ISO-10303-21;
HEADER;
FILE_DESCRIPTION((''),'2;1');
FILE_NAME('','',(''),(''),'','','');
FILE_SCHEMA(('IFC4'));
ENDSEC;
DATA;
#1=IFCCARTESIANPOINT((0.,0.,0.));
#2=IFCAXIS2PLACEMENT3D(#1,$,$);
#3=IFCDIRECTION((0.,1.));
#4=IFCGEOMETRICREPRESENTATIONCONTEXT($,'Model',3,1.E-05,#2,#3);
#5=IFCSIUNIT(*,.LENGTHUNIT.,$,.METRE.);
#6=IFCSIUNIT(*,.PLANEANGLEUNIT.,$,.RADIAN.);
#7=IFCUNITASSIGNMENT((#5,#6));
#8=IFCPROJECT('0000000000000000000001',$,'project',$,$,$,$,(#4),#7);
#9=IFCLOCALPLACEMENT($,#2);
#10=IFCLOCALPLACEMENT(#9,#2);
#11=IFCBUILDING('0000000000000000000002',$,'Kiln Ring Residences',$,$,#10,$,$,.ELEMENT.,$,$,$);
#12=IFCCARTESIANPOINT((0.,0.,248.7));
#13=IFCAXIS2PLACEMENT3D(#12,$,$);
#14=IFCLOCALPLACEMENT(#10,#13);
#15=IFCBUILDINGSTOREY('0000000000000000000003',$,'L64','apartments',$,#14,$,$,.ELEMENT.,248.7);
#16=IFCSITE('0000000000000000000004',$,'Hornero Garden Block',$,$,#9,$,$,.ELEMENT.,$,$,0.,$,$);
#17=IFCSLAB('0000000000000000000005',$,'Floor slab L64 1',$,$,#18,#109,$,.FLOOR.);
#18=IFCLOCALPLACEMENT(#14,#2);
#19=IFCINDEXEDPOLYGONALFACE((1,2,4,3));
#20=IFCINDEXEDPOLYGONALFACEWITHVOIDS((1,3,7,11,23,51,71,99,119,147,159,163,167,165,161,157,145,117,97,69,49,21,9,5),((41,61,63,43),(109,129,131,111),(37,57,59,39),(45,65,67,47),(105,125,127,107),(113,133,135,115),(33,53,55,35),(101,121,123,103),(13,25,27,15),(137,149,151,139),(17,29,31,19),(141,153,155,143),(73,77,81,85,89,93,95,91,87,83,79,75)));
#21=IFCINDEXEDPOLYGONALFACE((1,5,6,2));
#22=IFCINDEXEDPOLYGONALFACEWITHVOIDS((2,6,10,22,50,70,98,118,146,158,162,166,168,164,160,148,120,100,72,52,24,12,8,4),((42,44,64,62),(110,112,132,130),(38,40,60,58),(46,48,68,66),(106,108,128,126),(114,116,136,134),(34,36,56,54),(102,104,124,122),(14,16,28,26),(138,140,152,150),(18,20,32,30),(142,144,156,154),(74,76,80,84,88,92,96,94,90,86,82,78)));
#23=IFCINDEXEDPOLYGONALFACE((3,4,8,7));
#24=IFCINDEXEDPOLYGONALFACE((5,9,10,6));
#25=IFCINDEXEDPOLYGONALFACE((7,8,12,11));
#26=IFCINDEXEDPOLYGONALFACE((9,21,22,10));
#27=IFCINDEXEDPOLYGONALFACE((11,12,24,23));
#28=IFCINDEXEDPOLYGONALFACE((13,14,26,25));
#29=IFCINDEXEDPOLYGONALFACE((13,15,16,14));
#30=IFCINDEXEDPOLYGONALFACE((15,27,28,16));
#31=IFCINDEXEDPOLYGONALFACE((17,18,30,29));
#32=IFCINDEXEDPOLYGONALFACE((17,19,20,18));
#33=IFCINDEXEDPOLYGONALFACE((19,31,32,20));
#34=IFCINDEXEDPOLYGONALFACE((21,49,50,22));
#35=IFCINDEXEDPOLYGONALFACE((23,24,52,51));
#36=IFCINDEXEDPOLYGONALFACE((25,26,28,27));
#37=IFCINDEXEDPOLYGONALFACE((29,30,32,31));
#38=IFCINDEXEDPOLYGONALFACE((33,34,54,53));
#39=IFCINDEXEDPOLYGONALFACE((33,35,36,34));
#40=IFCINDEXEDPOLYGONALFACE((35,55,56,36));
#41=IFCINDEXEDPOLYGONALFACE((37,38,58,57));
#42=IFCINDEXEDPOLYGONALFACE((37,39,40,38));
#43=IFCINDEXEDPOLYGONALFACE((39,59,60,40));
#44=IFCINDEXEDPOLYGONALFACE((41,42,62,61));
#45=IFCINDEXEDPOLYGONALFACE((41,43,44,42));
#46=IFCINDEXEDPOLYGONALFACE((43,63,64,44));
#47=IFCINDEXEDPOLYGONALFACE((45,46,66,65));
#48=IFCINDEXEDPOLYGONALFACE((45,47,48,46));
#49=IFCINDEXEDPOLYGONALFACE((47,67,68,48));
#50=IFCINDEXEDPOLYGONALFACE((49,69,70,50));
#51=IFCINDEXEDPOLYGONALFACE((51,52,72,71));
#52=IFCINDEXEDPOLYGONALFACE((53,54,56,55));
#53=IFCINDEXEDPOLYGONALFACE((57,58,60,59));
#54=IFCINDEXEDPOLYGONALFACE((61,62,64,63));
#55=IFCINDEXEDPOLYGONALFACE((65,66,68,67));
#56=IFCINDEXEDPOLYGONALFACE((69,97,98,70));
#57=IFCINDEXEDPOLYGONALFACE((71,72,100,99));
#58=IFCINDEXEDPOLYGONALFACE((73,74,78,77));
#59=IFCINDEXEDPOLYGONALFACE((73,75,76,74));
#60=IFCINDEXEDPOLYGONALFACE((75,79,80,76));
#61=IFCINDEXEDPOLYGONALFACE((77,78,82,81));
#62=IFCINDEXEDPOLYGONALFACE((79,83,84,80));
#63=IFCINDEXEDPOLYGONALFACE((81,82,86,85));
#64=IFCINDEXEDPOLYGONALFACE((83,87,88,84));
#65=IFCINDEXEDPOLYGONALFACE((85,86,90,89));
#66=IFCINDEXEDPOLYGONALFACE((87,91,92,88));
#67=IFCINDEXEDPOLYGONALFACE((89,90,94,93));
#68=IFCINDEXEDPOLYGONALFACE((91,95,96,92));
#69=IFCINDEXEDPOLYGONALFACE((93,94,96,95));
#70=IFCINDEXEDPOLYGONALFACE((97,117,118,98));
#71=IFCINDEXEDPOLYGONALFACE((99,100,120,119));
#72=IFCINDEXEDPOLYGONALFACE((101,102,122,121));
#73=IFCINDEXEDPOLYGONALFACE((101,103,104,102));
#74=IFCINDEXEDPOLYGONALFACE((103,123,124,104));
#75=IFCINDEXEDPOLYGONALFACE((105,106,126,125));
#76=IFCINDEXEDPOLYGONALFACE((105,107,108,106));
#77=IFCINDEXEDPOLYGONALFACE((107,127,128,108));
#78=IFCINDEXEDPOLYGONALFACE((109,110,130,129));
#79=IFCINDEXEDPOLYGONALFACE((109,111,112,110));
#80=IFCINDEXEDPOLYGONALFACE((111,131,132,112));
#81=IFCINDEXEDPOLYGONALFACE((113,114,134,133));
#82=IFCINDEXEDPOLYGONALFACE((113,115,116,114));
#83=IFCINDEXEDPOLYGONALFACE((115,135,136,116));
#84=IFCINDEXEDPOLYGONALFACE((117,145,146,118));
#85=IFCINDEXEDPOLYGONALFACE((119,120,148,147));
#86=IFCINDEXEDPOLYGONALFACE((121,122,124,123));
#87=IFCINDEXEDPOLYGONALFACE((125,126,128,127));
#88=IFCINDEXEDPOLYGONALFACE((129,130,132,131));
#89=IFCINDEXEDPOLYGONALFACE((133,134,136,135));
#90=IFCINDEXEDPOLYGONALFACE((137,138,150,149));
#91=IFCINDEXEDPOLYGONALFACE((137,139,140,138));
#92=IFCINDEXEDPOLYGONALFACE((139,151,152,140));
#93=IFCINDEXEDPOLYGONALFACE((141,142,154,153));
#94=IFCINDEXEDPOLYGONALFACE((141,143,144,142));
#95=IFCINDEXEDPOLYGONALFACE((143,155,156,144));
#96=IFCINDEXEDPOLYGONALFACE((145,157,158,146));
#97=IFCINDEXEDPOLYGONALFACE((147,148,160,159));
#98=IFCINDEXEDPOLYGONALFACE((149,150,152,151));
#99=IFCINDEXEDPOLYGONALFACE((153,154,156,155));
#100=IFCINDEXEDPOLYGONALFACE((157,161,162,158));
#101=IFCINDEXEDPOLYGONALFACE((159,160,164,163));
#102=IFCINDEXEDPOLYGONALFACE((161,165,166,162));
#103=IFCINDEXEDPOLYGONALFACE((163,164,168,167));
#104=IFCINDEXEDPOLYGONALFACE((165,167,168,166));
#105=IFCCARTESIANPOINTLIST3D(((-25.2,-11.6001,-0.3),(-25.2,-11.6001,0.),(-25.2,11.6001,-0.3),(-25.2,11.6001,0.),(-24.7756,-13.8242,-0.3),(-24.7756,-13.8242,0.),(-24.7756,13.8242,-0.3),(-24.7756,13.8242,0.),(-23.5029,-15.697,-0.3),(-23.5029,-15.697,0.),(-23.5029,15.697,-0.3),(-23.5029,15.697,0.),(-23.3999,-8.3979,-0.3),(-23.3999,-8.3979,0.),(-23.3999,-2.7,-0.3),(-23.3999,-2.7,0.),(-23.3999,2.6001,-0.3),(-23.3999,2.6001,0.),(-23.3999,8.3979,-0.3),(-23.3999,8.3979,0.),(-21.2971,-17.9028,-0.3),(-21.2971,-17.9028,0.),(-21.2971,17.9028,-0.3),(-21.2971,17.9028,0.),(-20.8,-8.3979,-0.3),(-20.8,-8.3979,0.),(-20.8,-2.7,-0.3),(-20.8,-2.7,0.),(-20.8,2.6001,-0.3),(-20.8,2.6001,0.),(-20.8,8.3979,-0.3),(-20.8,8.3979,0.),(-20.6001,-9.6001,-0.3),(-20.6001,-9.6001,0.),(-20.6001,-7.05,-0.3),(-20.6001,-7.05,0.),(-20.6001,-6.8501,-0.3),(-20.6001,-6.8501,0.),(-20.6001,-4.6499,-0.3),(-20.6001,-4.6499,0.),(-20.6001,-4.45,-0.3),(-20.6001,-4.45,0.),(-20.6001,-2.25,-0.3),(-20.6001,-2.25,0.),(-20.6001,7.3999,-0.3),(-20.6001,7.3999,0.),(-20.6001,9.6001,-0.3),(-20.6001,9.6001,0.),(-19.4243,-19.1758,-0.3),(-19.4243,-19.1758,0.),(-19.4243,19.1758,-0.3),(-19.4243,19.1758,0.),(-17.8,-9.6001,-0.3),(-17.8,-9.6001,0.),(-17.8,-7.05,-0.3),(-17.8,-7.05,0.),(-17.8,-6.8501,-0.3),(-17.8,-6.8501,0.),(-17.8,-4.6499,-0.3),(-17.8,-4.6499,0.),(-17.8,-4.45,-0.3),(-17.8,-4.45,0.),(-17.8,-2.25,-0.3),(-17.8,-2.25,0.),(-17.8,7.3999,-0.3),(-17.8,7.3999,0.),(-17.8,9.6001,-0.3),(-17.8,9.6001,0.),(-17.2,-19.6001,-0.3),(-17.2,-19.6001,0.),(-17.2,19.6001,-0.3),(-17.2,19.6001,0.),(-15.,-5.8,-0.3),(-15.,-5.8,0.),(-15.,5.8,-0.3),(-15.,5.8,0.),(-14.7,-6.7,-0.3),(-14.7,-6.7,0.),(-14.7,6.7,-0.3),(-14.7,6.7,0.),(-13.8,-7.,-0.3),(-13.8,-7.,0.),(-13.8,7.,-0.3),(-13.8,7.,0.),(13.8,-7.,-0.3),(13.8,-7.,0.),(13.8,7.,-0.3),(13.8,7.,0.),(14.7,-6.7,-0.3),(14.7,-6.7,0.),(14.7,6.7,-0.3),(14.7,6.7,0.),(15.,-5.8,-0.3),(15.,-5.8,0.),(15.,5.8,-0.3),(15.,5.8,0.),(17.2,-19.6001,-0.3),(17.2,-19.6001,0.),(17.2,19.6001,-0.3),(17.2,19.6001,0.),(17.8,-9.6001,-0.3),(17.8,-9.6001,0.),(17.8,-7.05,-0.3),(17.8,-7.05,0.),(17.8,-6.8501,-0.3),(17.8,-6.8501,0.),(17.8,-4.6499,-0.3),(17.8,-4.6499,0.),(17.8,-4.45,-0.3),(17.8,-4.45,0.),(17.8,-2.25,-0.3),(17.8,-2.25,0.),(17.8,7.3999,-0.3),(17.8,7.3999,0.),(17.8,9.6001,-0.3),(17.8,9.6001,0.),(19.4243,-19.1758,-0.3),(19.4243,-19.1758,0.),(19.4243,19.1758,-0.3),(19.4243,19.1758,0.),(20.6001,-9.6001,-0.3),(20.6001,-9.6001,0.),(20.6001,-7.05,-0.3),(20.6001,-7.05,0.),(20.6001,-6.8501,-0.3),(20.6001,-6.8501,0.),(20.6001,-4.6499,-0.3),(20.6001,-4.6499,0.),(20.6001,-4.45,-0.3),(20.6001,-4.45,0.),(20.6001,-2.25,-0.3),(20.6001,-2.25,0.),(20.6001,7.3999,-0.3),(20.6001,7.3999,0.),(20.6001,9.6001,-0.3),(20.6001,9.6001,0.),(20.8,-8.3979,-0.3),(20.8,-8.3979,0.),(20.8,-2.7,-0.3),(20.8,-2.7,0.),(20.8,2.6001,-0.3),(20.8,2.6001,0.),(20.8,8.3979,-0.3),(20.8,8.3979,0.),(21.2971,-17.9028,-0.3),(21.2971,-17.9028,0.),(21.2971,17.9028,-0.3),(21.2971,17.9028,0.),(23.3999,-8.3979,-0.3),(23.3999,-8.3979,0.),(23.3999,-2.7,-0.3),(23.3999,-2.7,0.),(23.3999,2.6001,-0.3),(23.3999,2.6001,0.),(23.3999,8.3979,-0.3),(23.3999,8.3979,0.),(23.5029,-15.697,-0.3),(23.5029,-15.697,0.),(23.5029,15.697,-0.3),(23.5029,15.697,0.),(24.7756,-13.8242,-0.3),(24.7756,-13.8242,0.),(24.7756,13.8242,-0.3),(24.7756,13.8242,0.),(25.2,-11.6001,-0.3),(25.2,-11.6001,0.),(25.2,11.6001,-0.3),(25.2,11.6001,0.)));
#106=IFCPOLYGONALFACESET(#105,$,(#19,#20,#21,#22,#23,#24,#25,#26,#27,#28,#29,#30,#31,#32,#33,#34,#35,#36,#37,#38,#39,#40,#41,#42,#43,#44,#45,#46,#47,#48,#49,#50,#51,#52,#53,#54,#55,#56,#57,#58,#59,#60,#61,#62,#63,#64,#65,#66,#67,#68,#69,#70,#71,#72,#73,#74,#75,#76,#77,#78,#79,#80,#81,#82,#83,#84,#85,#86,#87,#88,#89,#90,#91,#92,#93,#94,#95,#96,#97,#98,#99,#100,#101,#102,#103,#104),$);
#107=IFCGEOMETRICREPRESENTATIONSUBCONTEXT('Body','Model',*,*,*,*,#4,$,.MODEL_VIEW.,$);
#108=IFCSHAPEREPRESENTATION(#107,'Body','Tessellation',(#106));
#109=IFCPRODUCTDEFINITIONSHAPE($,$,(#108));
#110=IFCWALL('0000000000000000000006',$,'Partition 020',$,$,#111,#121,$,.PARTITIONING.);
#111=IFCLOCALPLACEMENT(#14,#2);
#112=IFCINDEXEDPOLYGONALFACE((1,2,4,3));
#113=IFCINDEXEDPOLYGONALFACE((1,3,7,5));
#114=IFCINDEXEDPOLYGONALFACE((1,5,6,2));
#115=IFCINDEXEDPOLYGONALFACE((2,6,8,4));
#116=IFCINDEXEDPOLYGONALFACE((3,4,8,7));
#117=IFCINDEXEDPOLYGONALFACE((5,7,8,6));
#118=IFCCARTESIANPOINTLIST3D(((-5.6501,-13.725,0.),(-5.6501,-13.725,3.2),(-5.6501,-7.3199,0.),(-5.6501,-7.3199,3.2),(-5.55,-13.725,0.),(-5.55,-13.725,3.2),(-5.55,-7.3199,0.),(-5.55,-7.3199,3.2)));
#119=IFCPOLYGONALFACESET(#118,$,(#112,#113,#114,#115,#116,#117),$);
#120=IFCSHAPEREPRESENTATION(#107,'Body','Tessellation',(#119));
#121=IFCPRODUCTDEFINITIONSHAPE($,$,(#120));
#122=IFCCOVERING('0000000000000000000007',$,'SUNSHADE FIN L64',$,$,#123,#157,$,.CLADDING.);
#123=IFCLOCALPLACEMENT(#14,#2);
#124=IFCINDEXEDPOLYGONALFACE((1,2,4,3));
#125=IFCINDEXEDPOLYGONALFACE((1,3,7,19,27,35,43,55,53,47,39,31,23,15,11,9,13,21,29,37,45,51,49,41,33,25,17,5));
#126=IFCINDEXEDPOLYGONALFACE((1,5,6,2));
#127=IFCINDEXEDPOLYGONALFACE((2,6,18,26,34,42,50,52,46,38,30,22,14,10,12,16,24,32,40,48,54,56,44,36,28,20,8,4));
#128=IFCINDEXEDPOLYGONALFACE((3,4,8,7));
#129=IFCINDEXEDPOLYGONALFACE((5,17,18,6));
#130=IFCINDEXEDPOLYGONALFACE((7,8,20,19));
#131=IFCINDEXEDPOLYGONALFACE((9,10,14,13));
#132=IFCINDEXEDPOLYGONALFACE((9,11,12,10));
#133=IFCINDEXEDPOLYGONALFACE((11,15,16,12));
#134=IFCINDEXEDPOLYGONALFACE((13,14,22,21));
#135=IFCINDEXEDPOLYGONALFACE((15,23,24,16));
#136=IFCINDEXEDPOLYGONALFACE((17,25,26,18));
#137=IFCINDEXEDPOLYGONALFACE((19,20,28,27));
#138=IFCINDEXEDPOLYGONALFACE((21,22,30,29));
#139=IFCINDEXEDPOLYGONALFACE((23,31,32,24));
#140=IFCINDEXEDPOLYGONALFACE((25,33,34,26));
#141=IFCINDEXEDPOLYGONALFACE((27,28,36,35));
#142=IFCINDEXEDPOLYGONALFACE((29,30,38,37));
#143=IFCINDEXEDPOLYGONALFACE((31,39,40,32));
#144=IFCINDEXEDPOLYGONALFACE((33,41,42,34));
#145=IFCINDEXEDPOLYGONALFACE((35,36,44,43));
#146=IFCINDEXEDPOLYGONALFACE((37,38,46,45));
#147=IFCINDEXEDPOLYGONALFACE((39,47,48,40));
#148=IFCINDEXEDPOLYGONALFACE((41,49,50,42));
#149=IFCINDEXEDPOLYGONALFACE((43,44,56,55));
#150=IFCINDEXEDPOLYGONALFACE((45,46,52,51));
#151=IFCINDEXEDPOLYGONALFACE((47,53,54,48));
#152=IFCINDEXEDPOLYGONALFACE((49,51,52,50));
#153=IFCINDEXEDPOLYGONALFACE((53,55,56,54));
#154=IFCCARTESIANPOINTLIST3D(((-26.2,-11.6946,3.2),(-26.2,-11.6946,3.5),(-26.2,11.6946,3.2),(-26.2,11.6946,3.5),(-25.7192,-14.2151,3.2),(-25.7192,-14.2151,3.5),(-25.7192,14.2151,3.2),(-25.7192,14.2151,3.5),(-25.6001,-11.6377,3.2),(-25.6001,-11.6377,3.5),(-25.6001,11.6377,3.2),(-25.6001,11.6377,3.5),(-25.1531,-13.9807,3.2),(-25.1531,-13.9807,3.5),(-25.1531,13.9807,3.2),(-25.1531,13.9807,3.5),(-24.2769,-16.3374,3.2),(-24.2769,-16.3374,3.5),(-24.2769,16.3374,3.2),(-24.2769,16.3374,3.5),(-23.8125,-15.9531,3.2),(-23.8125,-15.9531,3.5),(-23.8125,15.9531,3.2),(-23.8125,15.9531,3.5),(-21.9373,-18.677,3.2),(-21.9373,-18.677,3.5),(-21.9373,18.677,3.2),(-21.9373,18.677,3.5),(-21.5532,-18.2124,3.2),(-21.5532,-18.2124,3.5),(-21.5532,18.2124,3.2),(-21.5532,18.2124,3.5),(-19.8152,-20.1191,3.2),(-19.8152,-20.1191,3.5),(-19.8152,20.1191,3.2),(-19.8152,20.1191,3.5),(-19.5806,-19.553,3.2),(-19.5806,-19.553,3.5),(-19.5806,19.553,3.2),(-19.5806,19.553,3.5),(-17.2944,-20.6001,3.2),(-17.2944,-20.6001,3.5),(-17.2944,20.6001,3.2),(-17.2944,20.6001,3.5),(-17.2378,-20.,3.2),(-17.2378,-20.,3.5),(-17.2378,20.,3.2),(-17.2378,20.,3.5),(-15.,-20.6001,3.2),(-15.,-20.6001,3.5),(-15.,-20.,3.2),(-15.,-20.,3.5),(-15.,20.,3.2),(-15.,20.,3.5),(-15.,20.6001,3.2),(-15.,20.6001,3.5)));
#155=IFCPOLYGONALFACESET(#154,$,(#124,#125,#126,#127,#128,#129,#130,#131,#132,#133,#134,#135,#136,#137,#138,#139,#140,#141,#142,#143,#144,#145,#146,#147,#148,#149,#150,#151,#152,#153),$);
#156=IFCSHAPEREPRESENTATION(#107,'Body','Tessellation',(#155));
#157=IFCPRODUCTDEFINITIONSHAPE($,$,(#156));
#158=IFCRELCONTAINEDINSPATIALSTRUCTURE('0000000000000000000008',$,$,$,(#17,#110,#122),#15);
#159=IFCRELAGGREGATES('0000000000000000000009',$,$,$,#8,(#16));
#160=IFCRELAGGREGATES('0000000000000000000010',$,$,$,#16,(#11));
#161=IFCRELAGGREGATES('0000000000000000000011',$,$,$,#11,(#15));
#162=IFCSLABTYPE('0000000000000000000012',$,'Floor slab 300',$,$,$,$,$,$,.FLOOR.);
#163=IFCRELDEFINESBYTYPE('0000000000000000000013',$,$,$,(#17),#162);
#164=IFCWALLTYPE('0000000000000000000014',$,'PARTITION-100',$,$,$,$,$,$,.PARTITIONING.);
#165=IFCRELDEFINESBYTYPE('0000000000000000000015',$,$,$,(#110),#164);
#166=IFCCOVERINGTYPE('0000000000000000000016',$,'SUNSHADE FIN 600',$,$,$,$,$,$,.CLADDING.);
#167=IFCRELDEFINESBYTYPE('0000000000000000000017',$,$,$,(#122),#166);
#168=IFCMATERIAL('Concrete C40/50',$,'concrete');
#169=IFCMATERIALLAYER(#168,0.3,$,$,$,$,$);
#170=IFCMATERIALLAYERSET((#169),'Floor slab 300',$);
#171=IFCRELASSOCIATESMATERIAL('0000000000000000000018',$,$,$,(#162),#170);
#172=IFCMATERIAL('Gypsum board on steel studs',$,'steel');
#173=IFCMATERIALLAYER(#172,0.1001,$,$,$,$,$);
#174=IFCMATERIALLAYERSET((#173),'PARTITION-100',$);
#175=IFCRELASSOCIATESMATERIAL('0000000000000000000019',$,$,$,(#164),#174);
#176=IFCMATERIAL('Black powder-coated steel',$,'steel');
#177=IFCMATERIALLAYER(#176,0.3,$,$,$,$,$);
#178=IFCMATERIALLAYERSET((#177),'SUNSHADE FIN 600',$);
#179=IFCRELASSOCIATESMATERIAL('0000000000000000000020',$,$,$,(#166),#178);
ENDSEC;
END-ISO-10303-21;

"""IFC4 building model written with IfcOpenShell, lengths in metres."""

from ifc_helpers import new_model, si_unit, direction, frame, frame_2d, origin, place, context, subcontext, project, spatial, polyline, rectangle, outline, extrude, material, layer, layer_set, type_object, element, save


model = new_model("IFC4")

# Units and contexts
model_context = context("Model", 3, precision=1e-05, world=origin(), true_north=direction((0.0, 1.0)))
body_context = subcontext(model_context, "Body", "Model", "MODEL_VIEW")
ifc_project = project(units=[si_unit("LENGTHUNIT", "METRE"), si_unit("PLANEANGLEUNIT", "RADIAN")], contexts=[model_context])

# Site, building, storey
site_placement = place(None, origin())
site = spatial("IfcSite", under=ifc_project, at=site_placement, Name="Hornero Garden Block", CompositionType="ELEMENT", RefElevation=0.0)
building_placement = place(site_placement, origin())
building = spatial("IfcBuilding", under=site, at=building_placement, Name="Kiln Ring Residences", CompositionType="ELEMENT")
storey_placement = place(building_placement, frame((0.0, 0.0, 248.7)))
storey = spatial("IfcBuildingStorey", under=building, at=storey_placement, Name="L64", Description="apartments", CompositionType="ELEMENT", Elevation=248.7)

# Slab
ifc_material_1 = material(Name="Concrete C40/50", Category="concrete")
ifc_layer_1 = layer(ifc_material_1, 0.3)
ifc_layer_set_1 = layer_set([ifc_layer_1], Name="Floor slab 300")
slab_type = type_object("IfcSlabType", Name="Floor slab 300", PredefinedType="FLOOR", material=ifc_layer_set_1)
slab_placement = place(storey_placement, frame((0.0, 0.0, -0.3)))
element("IfcSlab", 1, at=slab_placement, inside=storey, type_object=slab_type, Name="Floor slab L64 1", PredefinedType="FLOOR", context=body_context, shape_type="SweptSolid", body=[
    extrude(outline(polyline([(-23.5029, -15.697), (-21.2971, -17.9028), (-19.4243, -19.1758), (-17.2, -19.6001), (17.2, -19.6001), (19.4243, -19.1758), (21.2971, -17.9028), (23.5029, -15.697), (24.7756, -13.8242), (25.2, -11.6001), (25.2, 11.6001), (24.7756, 13.8242), (23.5029, 15.697), (21.2971, 17.9028), (19.4243, 19.1758), (17.2, 19.6001), (-17.2, 19.6001), (-19.4243, 19.1758), (-21.2971, 17.9028), (-23.5029, 15.697), (-24.7756, 13.8242), (-25.2, 11.6001), (-25.2, -11.6001), (-24.7756, -13.8242), (-23.5029, -15.697)]), holes=[polyline([(-14.7, -6.7), (-15.0, -5.8), (-15.0, 5.8), (-14.7, 6.7), (-13.8, 7.0), (13.8, 7.0), (14.7, 6.7), (15.0, 5.8), (15.0, -5.8), (14.7, -6.7), (13.8, -7.0), (-13.8, -7.0), (-14.7, -6.7)]), polyline([(20.8, -8.3979), (20.8, -2.7), (23.3999, -2.7), (23.3999, -8.3979), (20.8, -8.3979)]), polyline([(20.8, 2.6001), (20.8, 8.3979), (23.3999, 8.3979), (23.3999, 2.6001), (20.8, 2.6001)]), polyline([(17.8, -6.8501), (17.8, -4.6499), (20.6001, -4.6499), (20.6001, -6.8501), (17.8, -6.8501)]), polyline([(17.8, 7.3999), (17.8, 9.6001), (20.6001, 9.6001), (20.6001, 7.3999), (17.8, 7.3999)]), polyline([(20.6001, -9.6001), (17.8, -9.6001), (17.8, -7.05), (20.6001, -7.05), (20.6001, -9.6001)]), polyline([(20.6001, -4.45), (17.8, -4.45), (17.8, -2.25), (20.6001, -2.25), (20.6001, -4.45)]), polyline([(-17.8, -7.05), (-17.8, -9.6001), (-20.6001, -9.6001), (-20.6001, -7.05), (-17.8, -7.05)]), polyline([(-17.8, -6.8501), (-20.6001, -6.8501), (-20.6001, -4.6499), (-17.8, -4.6499), (-17.8, -6.8501)]), polyline([(-17.8, -2.25), (-17.8, -4.45), (-20.6001, -4.45), (-20.6001, -2.25), (-17.8, -2.25)]), polyline([(-17.8, 7.3999), (-20.6001, 7.3999), (-20.6001, 9.6001), (-17.8, 9.6001), (-17.8, 7.3999)]), polyline([(-20.8, -8.3979), (-23.3999, -8.3979), (-23.3999, -2.7), (-20.8, -2.7), (-20.8, -8.3979)]), polyline([(-20.8, 2.6001), (-23.3999, 2.6001), (-23.3999, 8.3979), (-20.8, 8.3979), (-20.8, 2.6001)])]), origin(), (0.0, 0.0, 1.0), 0.3),
])

# Wall
ifc_material_2 = material(Name="Gypsum board on steel studs", Category="steel")
ifc_layer_2 = layer(ifc_material_2, 0.1001)
ifc_layer_set_2 = layer_set([ifc_layer_2], Name="PARTITION-100")
wall_type = type_object("IfcWallType", Name="PARTITION-100", PredefinedType="PARTITIONING", material=ifc_layer_set_2)
wall_placement = place(storey_placement, frame((-5.6001, -13.7251, 0.0), z_axis=(0.0, 0.0, 1.0), x_axis=(0.0, 1.0, 0.0)))
element("IfcWall", 2, at=wall_placement, inside=storey, type_object=wall_type, Name="Partition 020", PredefinedType="PARTITIONING", context=body_context, shape_type="SweptSolid", body=[
    extrude(rectangle(XDim=6.405, YDim=0.1001, at=frame_2d((3.2026, 0.0))), origin(), (0.0, 0.0, 1.0), 3.2),
])

# Covering
ifc_material_3 = material(Name="Black powder-coated steel", Category="steel")
ifc_layer_3 = layer(ifc_material_3, 0.3)
ifc_layer_set_3 = layer_set([ifc_layer_3], Name="SUNSHADE FIN 600")
covering_type = type_object("IfcCoveringType", Name="SUNSHADE FIN 600", PredefinedType="CLADDING", material=ifc_layer_set_3)
covering_placement = place(storey_placement, frame((0.0, 0.0, 3.2)))
element("IfcCovering", 3, at=covering_placement, inside=storey, type_object=covering_type, Name="SUNSHADE FIN L64", PredefinedType="CLADDING", context=body_context, shape_type="SweptSolid", body=[
    extrude(outline(polyline([(-26.2, -11.6946), (-25.7192, -14.2151), (-24.2769, -16.3374), (-21.9373, -18.677), (-19.8152, -20.1191), (-17.2944, -20.6001), (-15.0, -20.6001), (-15.0, -20.0), (-17.2378, -20.0), (-19.5806, -19.553), (-21.5532, -18.2124), (-23.8125, -15.9531), (-25.1531, -13.9807), (-25.6001, -11.6377), (-25.6001, 11.6377), (-25.1531, 13.9807), (-23.8125, 15.9531), (-21.5532, 18.2124), (-19.5806, 19.553), (-17.2378, 20.0), (-15.0, 20.0), (-15.0, 20.6001), (-17.2944, 20.6001), (-19.8152, 20.1191), (-21.9373, 18.677), (-24.2769, 16.3374), (-25.7192, 14.2151), (-26.2, 11.6946), (-26.2, -11.6946)])), origin(), (0.0, 0.0, 1.0), 0.3),
])

save(model, "model.ifc")
